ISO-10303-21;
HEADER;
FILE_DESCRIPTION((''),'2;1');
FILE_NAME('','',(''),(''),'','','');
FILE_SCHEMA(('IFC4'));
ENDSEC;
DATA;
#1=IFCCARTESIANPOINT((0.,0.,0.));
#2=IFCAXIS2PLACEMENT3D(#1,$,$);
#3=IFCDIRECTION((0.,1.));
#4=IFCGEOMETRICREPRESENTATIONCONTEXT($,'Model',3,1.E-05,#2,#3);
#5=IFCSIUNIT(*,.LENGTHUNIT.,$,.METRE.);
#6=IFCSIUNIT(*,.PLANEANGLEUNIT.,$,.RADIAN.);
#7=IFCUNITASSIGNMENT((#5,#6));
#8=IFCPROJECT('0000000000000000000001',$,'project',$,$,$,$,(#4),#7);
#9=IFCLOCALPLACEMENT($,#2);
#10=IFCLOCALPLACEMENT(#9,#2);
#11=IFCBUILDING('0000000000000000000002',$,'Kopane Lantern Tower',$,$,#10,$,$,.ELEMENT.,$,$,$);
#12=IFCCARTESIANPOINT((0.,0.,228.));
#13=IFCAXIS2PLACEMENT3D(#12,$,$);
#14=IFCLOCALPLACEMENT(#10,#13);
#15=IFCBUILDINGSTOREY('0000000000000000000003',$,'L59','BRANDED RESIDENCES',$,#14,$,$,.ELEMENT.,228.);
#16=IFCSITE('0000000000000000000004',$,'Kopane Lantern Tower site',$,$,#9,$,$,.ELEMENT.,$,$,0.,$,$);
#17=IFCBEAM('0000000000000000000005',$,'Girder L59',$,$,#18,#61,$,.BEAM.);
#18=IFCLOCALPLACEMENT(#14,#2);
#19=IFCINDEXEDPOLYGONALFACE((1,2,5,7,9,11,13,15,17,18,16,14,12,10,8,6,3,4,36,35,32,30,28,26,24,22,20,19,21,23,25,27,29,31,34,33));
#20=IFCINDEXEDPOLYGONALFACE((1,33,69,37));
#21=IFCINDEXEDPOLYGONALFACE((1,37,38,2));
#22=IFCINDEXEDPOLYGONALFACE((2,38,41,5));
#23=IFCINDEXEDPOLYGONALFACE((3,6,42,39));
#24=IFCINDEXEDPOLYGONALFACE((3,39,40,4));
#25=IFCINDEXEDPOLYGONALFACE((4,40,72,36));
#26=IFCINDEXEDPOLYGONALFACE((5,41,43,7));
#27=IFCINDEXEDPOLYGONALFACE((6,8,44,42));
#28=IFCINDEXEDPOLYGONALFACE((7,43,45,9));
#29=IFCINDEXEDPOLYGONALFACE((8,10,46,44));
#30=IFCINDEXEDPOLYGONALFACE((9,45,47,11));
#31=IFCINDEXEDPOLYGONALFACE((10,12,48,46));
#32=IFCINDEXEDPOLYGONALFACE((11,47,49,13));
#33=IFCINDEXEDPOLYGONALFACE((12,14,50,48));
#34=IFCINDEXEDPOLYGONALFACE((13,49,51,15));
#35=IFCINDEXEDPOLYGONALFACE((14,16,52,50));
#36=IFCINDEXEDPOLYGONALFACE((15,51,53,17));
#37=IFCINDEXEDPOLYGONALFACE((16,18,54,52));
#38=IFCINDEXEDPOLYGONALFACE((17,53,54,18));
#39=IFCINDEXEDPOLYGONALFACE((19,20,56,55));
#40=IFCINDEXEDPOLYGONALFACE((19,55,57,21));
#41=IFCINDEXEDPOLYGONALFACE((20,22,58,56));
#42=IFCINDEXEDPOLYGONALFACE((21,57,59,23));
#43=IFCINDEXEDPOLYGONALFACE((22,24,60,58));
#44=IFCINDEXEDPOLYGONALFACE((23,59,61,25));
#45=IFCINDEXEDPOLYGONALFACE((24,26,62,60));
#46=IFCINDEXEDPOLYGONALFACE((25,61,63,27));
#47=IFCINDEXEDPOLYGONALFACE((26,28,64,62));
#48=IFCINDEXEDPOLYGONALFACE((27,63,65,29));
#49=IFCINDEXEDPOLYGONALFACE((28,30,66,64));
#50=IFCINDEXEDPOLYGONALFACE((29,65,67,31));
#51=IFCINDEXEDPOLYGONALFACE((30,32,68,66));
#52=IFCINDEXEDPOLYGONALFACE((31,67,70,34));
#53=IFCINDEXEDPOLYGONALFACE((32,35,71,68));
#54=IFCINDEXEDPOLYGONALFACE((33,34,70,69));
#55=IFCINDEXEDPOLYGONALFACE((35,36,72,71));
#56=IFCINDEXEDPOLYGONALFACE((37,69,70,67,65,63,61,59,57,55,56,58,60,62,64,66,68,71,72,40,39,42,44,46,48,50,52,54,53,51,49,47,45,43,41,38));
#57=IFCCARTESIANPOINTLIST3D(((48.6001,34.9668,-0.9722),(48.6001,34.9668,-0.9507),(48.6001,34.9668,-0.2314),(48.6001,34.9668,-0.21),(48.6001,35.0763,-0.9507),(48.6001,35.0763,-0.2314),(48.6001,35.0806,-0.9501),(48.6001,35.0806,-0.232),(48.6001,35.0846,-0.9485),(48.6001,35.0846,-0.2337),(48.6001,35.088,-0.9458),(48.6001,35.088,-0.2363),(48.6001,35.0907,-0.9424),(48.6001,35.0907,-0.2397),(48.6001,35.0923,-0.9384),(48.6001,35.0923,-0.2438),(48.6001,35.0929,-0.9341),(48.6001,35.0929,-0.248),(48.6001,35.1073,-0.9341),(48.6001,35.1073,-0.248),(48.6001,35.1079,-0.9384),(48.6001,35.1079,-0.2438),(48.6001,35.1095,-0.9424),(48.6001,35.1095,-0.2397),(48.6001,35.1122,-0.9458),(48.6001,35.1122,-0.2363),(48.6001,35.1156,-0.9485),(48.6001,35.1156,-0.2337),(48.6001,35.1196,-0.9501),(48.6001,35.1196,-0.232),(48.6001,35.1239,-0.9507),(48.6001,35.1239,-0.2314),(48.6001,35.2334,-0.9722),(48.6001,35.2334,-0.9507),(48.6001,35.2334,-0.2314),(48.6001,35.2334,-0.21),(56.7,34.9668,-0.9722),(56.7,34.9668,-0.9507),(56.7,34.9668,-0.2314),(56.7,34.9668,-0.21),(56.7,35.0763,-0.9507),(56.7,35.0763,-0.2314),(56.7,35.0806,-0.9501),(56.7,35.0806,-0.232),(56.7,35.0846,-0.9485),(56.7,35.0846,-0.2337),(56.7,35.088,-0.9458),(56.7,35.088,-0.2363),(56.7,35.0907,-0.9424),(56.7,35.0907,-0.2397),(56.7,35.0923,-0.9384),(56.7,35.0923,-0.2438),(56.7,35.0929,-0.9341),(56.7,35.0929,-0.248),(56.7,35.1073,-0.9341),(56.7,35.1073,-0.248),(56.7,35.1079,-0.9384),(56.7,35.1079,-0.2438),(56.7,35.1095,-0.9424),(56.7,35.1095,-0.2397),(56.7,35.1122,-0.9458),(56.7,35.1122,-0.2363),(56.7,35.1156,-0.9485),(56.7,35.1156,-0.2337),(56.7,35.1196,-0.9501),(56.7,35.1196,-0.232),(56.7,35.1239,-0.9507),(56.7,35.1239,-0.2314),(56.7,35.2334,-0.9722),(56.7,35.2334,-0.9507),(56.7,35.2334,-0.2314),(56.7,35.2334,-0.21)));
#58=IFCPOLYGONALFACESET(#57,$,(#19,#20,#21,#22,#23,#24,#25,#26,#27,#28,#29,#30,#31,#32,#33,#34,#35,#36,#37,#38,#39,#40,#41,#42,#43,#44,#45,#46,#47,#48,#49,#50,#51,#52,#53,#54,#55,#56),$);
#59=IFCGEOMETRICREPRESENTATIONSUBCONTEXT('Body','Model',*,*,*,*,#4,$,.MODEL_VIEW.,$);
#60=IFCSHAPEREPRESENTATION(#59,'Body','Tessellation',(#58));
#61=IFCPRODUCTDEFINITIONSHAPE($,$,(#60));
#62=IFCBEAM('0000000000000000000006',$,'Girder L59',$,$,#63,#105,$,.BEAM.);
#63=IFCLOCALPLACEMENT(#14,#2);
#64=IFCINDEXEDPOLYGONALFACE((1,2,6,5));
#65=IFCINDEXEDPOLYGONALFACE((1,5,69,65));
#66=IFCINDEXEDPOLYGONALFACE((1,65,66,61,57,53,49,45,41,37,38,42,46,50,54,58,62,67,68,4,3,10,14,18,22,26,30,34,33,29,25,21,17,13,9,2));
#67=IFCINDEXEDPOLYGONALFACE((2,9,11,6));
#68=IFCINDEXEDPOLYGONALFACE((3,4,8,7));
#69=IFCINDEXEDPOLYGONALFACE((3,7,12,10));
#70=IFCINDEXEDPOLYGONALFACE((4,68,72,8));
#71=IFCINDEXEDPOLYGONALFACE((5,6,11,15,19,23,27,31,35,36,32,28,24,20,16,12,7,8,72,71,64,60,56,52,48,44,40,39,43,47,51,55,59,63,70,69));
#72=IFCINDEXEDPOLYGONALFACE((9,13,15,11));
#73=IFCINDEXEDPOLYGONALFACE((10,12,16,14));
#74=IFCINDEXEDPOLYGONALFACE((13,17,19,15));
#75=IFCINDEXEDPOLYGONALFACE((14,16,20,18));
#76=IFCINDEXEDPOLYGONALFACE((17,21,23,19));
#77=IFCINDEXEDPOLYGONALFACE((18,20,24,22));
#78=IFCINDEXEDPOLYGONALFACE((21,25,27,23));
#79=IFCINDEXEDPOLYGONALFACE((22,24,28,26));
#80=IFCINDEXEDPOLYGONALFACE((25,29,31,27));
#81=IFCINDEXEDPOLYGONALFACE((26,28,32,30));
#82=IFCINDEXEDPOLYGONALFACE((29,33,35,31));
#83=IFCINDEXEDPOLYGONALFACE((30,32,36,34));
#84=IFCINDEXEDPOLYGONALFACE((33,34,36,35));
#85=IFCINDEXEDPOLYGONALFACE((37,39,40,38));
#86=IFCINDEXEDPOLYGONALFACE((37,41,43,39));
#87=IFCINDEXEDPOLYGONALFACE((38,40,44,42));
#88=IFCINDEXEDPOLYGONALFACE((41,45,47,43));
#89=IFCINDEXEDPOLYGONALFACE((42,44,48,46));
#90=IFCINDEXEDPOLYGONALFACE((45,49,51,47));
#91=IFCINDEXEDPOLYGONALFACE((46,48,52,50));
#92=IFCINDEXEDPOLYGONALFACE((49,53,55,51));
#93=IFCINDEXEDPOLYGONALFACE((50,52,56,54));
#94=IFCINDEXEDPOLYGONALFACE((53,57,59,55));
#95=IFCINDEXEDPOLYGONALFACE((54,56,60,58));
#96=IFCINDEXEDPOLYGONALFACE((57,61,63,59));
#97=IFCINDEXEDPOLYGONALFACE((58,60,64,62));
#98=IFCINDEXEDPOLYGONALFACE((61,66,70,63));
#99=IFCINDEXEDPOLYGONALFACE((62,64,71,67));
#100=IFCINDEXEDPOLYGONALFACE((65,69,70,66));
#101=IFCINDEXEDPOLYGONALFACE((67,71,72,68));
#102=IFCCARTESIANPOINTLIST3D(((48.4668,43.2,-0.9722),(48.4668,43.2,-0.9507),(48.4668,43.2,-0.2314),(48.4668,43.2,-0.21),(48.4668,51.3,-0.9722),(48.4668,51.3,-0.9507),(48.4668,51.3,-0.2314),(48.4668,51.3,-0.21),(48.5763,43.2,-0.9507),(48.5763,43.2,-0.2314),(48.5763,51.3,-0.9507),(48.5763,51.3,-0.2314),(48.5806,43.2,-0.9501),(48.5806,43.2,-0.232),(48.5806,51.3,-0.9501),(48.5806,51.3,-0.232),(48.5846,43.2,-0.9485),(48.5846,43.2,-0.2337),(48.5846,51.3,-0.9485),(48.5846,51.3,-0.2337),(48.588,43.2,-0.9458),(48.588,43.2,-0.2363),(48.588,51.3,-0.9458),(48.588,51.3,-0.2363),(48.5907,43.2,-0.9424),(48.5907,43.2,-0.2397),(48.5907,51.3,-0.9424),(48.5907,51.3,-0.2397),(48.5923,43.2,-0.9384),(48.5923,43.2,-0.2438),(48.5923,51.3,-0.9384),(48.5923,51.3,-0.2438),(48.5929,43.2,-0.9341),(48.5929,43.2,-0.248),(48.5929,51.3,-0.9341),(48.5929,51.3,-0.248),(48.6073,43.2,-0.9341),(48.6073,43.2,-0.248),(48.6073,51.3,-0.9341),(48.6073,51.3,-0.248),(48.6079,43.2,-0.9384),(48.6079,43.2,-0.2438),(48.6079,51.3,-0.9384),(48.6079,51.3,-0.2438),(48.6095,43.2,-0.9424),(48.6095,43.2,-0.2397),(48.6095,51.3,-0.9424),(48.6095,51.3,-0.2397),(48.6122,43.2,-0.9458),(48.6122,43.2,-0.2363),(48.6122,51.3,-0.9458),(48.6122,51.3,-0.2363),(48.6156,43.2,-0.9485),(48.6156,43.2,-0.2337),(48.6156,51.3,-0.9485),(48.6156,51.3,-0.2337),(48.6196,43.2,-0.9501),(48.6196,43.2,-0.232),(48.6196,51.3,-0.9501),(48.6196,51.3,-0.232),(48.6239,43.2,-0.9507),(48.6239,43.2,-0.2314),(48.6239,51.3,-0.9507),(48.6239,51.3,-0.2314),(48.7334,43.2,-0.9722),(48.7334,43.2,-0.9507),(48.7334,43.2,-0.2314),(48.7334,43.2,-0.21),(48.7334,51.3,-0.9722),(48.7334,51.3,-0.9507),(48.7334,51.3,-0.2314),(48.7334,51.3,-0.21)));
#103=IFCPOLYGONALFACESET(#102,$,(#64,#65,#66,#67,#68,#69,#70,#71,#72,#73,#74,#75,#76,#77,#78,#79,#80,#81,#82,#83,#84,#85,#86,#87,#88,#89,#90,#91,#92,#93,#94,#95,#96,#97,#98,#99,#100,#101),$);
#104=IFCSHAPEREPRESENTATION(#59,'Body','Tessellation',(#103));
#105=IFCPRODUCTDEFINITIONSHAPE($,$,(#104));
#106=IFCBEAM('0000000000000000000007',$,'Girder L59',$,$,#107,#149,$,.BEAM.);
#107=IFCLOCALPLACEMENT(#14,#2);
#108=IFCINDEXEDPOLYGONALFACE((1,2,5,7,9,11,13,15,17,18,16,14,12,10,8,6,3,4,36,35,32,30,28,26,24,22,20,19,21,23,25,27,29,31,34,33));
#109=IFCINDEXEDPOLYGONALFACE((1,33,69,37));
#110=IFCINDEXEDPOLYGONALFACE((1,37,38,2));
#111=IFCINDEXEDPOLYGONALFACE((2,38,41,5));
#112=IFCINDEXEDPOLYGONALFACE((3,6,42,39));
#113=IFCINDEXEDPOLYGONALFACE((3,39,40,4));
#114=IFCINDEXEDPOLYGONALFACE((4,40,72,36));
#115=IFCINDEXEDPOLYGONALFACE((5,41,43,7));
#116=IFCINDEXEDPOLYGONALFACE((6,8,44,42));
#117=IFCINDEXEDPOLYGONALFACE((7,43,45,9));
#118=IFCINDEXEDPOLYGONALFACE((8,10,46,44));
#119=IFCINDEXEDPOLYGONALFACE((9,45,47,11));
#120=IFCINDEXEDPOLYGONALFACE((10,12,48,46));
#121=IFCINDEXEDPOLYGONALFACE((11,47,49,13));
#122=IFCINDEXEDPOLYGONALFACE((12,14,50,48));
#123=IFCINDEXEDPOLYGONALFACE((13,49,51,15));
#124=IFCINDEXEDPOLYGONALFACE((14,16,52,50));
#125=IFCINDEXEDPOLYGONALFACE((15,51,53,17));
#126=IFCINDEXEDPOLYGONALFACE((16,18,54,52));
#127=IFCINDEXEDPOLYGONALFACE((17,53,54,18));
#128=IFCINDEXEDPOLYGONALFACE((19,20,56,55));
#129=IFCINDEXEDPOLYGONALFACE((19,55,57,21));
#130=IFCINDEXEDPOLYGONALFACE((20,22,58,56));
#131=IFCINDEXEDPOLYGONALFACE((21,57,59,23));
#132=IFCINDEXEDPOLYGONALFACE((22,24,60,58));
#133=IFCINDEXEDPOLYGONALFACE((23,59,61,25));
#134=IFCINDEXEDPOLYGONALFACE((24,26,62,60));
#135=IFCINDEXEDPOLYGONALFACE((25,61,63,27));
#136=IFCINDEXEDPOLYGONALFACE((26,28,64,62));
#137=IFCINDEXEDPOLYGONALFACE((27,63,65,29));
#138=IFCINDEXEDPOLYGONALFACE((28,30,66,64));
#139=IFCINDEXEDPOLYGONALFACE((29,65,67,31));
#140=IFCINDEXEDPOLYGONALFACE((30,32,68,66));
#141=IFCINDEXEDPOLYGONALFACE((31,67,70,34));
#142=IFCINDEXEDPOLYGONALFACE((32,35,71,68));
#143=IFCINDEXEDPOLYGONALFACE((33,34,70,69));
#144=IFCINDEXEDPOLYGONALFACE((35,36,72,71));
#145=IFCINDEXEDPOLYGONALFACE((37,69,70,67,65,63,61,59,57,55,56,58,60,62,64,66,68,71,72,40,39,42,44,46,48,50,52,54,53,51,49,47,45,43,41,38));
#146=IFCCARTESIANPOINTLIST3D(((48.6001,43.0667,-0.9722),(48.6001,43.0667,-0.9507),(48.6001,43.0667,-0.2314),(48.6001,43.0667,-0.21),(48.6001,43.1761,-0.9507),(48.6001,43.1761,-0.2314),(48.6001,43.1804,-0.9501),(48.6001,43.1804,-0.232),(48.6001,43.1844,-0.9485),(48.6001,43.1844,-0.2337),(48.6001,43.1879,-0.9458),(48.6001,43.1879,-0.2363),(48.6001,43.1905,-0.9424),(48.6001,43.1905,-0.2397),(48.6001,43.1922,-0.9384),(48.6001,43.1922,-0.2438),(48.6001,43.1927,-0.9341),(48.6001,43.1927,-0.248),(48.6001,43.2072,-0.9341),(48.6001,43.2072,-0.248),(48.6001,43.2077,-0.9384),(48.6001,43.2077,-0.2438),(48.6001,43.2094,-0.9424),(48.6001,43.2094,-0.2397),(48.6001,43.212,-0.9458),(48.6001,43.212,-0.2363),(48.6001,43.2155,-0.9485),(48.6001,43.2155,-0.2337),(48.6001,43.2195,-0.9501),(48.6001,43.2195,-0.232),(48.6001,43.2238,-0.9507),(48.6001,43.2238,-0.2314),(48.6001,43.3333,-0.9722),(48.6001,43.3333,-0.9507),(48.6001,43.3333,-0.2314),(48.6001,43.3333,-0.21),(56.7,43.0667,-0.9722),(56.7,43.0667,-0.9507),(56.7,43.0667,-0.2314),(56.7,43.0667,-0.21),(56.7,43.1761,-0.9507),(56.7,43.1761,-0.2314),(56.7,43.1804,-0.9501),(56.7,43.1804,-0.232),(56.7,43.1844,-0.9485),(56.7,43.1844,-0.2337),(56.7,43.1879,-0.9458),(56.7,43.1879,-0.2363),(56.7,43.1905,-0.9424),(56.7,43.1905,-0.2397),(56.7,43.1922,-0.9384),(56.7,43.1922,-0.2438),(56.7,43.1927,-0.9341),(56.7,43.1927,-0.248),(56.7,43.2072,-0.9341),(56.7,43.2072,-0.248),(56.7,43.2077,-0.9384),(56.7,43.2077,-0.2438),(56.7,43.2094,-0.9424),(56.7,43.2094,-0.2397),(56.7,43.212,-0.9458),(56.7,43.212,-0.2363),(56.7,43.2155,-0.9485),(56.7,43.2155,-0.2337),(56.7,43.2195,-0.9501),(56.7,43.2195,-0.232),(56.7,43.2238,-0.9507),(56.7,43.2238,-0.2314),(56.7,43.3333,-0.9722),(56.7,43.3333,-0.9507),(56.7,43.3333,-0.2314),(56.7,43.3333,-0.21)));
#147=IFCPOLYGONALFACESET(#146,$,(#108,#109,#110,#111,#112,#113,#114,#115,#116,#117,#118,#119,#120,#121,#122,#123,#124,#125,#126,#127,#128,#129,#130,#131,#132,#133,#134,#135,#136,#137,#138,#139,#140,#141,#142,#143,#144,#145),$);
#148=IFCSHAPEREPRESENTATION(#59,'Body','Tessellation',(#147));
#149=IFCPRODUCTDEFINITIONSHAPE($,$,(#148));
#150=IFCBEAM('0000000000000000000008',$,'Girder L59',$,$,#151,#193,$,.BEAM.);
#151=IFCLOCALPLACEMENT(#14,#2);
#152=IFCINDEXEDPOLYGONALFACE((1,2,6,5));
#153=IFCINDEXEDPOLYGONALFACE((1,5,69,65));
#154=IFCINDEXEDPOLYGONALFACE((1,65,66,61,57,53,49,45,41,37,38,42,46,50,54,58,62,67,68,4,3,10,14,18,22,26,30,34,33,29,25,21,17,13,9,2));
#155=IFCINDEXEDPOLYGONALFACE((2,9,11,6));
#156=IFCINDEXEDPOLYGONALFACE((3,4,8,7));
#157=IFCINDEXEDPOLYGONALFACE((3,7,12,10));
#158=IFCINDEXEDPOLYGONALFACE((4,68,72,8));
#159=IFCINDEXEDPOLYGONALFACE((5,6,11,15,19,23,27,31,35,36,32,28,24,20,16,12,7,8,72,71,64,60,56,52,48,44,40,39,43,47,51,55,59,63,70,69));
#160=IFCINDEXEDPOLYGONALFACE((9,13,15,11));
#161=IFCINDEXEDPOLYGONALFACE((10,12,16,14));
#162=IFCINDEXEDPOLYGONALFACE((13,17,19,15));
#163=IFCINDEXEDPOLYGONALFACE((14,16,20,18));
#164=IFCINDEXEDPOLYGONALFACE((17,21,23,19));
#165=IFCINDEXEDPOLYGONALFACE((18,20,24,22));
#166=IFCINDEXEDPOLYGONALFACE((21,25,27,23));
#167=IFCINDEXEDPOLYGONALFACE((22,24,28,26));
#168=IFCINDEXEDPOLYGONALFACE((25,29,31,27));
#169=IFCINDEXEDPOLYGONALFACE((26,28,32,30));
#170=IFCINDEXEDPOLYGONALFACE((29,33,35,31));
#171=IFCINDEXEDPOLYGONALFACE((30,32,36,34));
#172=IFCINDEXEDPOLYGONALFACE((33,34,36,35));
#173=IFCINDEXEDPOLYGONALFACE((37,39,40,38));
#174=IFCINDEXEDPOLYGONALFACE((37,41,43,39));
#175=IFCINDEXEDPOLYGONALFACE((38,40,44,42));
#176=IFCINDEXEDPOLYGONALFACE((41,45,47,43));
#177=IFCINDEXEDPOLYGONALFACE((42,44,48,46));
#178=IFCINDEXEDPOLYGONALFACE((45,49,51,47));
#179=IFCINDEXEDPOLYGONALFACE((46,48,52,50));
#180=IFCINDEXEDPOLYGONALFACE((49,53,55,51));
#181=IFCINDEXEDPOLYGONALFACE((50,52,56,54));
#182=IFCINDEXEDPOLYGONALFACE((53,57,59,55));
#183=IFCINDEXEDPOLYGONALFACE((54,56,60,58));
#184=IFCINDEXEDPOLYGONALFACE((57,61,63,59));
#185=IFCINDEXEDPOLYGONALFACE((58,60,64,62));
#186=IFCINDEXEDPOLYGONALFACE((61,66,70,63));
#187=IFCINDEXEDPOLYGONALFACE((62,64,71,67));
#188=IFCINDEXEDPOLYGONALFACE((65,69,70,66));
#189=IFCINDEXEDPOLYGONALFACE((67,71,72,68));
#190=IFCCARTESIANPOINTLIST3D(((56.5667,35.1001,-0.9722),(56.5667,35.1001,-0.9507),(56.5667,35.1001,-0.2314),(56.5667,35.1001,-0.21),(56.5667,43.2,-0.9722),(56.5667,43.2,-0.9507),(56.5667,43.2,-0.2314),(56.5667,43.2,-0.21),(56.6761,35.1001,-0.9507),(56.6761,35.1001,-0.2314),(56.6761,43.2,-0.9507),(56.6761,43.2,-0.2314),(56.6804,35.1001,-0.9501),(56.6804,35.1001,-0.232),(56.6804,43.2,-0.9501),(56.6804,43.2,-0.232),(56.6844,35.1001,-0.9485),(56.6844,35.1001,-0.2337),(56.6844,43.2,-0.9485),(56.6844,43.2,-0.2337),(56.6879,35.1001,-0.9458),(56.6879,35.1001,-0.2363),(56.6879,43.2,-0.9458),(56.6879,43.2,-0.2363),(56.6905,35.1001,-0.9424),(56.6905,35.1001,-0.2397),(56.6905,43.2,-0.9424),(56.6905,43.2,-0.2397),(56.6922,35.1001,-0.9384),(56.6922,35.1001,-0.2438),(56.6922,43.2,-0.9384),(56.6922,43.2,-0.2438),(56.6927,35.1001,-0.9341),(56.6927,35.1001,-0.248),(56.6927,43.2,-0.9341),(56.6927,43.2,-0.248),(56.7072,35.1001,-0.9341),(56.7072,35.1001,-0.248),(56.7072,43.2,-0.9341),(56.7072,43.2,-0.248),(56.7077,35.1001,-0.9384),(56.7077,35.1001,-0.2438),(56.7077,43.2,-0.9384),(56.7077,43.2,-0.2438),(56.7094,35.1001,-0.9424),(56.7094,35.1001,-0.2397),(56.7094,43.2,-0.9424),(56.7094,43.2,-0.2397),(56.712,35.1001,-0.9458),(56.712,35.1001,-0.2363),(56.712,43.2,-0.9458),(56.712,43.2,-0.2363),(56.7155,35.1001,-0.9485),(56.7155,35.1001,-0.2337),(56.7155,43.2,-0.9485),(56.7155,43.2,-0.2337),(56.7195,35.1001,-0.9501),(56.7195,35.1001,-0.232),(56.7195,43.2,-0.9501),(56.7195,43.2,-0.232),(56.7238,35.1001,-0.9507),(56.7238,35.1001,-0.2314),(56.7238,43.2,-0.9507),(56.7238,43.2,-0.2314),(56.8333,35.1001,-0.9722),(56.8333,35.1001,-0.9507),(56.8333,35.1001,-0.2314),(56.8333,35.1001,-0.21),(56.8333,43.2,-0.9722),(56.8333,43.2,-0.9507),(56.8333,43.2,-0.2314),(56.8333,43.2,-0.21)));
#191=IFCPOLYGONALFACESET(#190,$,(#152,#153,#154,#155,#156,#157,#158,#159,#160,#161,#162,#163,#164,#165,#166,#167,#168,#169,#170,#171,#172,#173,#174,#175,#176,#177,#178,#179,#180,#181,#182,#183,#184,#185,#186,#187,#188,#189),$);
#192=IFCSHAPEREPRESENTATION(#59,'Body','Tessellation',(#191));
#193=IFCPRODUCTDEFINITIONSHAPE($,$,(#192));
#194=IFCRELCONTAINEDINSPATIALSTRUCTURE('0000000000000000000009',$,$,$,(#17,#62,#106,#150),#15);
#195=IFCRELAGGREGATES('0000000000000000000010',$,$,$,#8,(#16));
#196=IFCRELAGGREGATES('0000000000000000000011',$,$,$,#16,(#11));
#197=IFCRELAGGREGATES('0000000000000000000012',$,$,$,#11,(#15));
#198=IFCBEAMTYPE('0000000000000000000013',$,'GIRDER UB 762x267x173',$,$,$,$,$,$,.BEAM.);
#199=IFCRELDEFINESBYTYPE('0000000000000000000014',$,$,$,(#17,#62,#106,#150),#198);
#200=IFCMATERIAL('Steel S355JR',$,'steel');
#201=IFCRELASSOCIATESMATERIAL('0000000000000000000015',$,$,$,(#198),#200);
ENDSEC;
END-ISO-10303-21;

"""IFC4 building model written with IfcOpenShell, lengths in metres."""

from ifc_helpers import new_model, si_unit, direction, frame, origin, origin_2d, place, context, subcontext, project, spatial, i_section, extrude, material, material_profile, profile_set, type_object, element, save


model = new_model("IFC4")

# Units and contexts
model_context = context("Model", 3, precision=1e-05, world=origin(), true_north=direction((0.0, 1.0)))
body_context = subcontext(model_context, "Body", "Model", "MODEL_VIEW")
ifc_project = project(units=[si_unit("LENGTHUNIT", "METRE"), si_unit("PLANEANGLEUNIT", "RADIAN")], contexts=[model_context])

# Site, building, storey
site_placement = place(None, origin())
site = spatial("IfcSite", under=ifc_project, at=site_placement, Name="Kopane Lantern Tower site", CompositionType="ELEMENT", RefElevation=0.0)
building_placement = place(site_placement, origin())
building = spatial("IfcBuilding", under=site, at=building_placement, Name="Kopane Lantern Tower", CompositionType="ELEMENT")
storey_placement = place(building_placement, frame((0.0, 0.0, 228.0)))
storey = spatial("IfcBuildingStorey", under=building, at=storey_placement, Name="L59", Description="BRANDED RESIDENCES", CompositionType="ELEMENT", Elevation=228.0)

# Beams
ifc_material_1 = material(Name="Steel S355JR", Category="steel")
ifc_material_profile_1 = material_profile(ifc_material_1, i_section(OverallWidth=0.2666, OverallDepth=0.7622, WebThickness=0.0144, FlangeThickness=0.0215, FilletRadius=0.0166, at=origin_2d()), Name="UB 762x267x173")
ifc_profile_set_1 = profile_set([ifc_material_profile_1], Name="Steel S355JR")
beam_type = type_object("IfcBeamType", Name="GIRDER UB 762x267x173", PredefinedType="BEAM", material=ifc_profile_set_1)
for number, where, z_axis, x_axis, name in (
    (1, (48.6001, 35.1001, -0.5911), (1.0, 0.0, 0.0), (0.0, 1.0, 0.0), "Girder L59"),
):
    element("IfcBeam", number, at=place(storey_placement, frame(where, z_axis=z_axis, x_axis=x_axis)), inside=storey, type_object=beam_type, Name=name, PredefinedType="BEAM", context=body_context, shape_type="SweptSolid", body=[
        extrude(i_section(OverallWidth=0.2666, OverallDepth=0.7622, WebThickness=0.0144, FlangeThickness=0.0215, FilletRadius=0.0166, at=origin_2d()), origin(), (0.0, 0.0, 1.0), 8.0999),
    ])
beam_1_placement = place(storey_placement, frame((48.6001, 43.2, -0.5911), z_axis=(0.0, 1.0, 0.0), x_axis=(-1.0, 0.0, 0.0)))
element("IfcBeam", 2, at=beam_1_placement, inside=storey, type_object=beam_type, Name="Girder L59", PredefinedType="BEAM", context=body_context, shape_type="SweptSolid", body=[
    extrude(i_section(OverallWidth=0.2666, OverallDepth=0.7622, WebThickness=0.0144, FlangeThickness=0.0215, FilletRadius=0.0166, at=origin_2d()), origin(), (0.0, 0.0, 1.0), 8.1001),
])
for number, where, z_axis, x_axis, name in (
    (3, (48.6001, 43.2, -0.5911), (1.0, 0.0, 0.0), (0.0, 1.0, 0.0), "Girder L59"),
    (4, (56.7, 35.1001, -0.5911), (0.0, 1.0, 0.0), (-1.0, 0.0, 0.0), "Girder L59"),
):
    element("IfcBeam", number, at=place(storey_placement, frame(where, z_axis=z_axis, x_axis=x_axis)), inside=storey, type_object=beam_type, Name=name, PredefinedType="BEAM", context=body_context, shape_type="SweptSolid", body=[
        extrude(i_section(OverallWidth=0.2666, OverallDepth=0.7622, WebThickness=0.0144, FlangeThickness=0.0215, FilletRadius=0.0166, at=origin_2d()), origin(), (0.0, 0.0, 1.0), 8.0999),
    ])

save(model, "model.ifc")
